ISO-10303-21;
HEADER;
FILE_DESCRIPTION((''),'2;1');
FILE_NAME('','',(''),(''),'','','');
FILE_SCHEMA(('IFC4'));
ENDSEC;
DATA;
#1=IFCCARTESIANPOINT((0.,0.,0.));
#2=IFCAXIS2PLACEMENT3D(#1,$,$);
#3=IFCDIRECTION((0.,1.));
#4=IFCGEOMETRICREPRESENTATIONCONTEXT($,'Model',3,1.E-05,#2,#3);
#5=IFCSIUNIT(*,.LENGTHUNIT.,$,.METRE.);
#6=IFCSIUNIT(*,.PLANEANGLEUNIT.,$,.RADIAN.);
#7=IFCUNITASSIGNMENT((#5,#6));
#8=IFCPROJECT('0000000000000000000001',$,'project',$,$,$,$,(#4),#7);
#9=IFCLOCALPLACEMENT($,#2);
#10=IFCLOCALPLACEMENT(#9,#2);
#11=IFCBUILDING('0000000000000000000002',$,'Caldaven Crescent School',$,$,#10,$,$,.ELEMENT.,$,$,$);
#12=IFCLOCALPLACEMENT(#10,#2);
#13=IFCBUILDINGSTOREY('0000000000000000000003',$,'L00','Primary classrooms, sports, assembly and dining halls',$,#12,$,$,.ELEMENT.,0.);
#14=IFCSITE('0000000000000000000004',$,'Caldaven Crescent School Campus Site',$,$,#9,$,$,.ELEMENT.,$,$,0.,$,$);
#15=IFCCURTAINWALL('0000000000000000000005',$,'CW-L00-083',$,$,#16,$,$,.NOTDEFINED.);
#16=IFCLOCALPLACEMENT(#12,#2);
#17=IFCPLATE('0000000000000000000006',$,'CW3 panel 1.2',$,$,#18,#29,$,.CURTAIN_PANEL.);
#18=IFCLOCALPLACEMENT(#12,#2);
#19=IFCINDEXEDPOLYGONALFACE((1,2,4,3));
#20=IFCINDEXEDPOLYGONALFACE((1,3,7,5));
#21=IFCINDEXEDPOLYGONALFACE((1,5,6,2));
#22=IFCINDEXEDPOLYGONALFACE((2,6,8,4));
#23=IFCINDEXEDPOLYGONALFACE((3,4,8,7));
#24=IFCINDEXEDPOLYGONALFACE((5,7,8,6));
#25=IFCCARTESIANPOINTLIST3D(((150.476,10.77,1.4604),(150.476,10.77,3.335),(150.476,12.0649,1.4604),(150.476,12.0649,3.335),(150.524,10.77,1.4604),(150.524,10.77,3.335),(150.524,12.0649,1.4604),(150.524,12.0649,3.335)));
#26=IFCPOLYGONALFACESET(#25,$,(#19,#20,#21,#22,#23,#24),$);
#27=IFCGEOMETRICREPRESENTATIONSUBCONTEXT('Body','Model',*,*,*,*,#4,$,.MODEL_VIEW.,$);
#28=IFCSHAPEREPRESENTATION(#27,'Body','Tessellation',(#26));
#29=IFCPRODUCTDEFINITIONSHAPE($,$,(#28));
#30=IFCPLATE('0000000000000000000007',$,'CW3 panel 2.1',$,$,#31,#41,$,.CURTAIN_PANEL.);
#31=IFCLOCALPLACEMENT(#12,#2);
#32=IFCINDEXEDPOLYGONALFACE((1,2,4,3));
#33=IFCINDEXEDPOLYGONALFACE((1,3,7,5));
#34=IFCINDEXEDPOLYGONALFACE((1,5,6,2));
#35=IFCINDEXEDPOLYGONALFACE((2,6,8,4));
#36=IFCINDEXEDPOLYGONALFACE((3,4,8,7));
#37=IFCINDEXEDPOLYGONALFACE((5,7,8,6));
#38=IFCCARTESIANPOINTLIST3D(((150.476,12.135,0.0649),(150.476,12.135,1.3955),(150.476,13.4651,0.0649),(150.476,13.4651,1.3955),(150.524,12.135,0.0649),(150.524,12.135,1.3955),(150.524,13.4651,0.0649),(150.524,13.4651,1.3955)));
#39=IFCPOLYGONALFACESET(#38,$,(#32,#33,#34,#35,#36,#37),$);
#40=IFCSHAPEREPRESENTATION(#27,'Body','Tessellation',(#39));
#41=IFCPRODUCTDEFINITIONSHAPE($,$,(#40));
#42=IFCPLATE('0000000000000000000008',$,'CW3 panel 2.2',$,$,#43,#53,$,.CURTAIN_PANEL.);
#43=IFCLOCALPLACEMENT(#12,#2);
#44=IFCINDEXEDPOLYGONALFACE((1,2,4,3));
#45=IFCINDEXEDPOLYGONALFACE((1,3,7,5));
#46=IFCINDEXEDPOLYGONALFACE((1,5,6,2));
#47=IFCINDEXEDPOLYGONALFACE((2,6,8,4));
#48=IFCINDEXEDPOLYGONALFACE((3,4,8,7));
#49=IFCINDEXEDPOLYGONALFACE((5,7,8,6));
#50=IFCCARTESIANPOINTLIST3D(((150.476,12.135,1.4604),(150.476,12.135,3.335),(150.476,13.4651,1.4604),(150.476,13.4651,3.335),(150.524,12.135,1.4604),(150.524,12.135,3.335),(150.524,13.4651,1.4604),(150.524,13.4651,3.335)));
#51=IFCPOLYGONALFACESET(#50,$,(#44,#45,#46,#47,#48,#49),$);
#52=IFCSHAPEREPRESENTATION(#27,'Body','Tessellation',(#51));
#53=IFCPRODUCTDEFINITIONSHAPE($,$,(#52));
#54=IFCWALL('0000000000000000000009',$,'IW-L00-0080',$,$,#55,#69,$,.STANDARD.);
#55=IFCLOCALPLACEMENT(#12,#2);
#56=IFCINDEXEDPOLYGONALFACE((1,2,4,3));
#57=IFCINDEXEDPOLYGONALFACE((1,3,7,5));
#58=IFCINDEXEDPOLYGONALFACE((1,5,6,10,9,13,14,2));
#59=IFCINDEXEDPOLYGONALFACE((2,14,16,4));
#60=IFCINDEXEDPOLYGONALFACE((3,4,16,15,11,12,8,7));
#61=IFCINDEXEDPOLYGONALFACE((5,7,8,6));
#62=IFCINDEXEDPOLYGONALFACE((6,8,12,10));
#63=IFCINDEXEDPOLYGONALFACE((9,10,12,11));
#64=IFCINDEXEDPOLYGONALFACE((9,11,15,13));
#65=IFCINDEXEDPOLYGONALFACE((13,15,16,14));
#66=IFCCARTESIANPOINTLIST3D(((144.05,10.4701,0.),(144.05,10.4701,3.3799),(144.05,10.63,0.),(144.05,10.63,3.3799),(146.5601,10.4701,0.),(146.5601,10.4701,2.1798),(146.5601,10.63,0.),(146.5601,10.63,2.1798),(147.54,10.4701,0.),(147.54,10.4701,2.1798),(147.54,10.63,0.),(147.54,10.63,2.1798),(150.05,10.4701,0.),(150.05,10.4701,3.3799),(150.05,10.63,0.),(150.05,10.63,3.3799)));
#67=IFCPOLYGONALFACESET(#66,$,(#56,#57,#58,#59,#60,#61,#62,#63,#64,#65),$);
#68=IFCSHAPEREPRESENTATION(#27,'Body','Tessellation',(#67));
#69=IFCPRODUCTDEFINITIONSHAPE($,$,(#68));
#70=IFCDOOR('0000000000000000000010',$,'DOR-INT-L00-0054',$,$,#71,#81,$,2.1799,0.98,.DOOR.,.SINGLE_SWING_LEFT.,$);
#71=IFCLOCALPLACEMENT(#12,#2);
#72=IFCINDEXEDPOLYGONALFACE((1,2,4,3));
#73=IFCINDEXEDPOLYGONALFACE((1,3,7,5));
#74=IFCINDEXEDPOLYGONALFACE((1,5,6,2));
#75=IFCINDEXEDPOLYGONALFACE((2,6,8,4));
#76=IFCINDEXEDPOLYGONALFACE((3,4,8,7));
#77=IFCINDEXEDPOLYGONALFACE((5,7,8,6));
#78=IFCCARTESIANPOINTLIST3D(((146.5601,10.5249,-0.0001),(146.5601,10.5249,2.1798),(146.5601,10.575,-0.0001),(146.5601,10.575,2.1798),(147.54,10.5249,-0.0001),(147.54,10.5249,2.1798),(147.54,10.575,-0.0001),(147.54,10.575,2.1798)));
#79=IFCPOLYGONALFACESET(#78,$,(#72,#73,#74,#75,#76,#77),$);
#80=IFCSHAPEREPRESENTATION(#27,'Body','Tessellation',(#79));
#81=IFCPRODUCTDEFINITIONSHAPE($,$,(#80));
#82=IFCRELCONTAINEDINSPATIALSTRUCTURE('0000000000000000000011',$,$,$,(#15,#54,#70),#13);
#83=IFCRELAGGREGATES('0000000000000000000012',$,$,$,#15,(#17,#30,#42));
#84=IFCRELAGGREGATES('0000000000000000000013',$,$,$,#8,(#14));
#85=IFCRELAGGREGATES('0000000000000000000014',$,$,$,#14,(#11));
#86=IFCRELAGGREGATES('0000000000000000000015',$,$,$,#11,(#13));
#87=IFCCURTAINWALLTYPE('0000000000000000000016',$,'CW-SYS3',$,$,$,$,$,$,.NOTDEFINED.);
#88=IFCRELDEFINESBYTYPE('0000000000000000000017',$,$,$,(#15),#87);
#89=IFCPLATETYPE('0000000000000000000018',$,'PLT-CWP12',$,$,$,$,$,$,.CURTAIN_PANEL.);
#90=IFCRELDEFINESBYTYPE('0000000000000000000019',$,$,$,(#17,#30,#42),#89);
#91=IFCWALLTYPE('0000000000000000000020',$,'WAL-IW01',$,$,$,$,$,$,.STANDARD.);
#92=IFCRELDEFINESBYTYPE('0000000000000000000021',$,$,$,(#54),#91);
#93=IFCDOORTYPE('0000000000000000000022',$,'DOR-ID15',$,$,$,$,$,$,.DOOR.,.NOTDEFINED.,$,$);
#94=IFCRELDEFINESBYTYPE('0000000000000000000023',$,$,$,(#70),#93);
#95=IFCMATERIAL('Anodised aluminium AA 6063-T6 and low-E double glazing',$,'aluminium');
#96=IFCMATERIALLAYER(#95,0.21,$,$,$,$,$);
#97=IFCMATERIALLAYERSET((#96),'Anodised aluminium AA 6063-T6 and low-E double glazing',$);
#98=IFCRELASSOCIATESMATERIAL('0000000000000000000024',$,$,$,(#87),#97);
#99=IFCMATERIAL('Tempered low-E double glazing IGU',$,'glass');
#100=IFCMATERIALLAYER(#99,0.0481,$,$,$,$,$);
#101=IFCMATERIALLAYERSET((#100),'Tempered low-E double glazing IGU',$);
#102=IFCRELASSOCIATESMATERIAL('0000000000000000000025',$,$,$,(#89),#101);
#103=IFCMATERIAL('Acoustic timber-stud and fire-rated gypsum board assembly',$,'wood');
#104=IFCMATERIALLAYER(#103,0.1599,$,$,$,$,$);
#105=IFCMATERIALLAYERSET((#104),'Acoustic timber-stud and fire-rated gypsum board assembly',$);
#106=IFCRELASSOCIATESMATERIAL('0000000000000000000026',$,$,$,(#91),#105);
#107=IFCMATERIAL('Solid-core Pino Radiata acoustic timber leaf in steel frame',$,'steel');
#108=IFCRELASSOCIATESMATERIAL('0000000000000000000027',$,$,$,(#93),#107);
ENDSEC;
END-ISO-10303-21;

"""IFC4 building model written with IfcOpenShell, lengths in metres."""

from ifc_helpers import new_model, si_unit, direction, frame, frame_2d, origin, origin_2d, place, context, subcontext, project, spatial, rectangle, extrude, material, layer, layer_set, type_object, element, fill, aggregate, save


model = new_model("IFC4")

# Units and contexts
model_context = context("Model", 3, precision=1e-05, world=origin(), true_north=direction((0.0, 1.0)))
body_context = subcontext(model_context, "Body", "Model", "MODEL_VIEW")
ifc_project = project(units=[si_unit("LENGTHUNIT", "METRE"), si_unit("PLANEANGLEUNIT", "RADIAN")], contexts=[model_context])

# Site, building, storey
site_placement = place(None, origin())
site = spatial("IfcSite", under=ifc_project, at=site_placement, Name="Caldaven Crescent School Campus Site", CompositionType="ELEMENT", RefElevation=0.0)
building_placement = place(site_placement, origin())
building = spatial("IfcBuilding", under=site, at=building_placement, Name="Caldaven Crescent School", CompositionType="ELEMENT")
storey_placement = place(building_placement, origin())
storey = spatial("IfcBuildingStorey", under=building, at=storey_placement, Name="L00", Description="Primary classrooms, sports, assembly and dining halls", CompositionType="ELEMENT", Elevation=0.0)

# Curtain wall, plates
ifc_material_1 = material(Name="Anodised aluminium AA 6063-T6 and low-E double glazing", Category="aluminium")
ifc_layer_1 = layer(ifc_material_1, 0.21)
ifc_layer_set_1 = layer_set([ifc_layer_1], Name="Anodised aluminium AA 6063-T6 and low-E double glazing")
curtain_wall_type = type_object("IfcCurtainWallType", Name="CW-SYS3", PredefinedType="NOTDEFINED", material=ifc_layer_set_1)
curtain_wall_placement = place(storey_placement, origin())
curtain_wall = element("IfcCurtainWall", 1, at=curtain_wall_placement, inside=storey, type_object=curtain_wall_type, Name="CW-L00-083", PredefinedType="NOTDEFINED")
ifc_material_2 = material(Name="Tempered low-E double glazing IGU", Category="glass")
ifc_layer_2 = layer(ifc_material_2, 0.0481)
ifc_layer_set_2 = layer_set([ifc_layer_2], Name="Tempered low-E double glazing IGU")
plate_type = type_object("IfcPlateType", Name="PLT-CWP12", PredefinedType="CURTAIN_PANEL", material=ifc_layer_set_2)
plate_1_placement = place(storey_placement, frame((150.5, 11.4175, 1.4604), z_axis=(0.0, 0.0, 1.0), x_axis=(0.0, 1.0, 0.0)))
plate_1 = element("IfcPlate", 2, at=plate_1_placement, type_object=plate_type, Name="CW3 panel 1.2", PredefinedType="CURTAIN_PANEL", context=body_context, shape_type="SweptSolid", body=[
    extrude(rectangle(XDim=1.2949, YDim=0.0481, at=origin_2d()), origin(), (0.0, 0.0, 1.0), 1.8745),
])
plate_2_placement = place(storey_placement, frame((150.5, 12.8, 0.0649), z_axis=(0.0, 0.0, 1.0), x_axis=(0.0, 1.0, 0.0)))
plate_2 = element("IfcPlate", 3, at=plate_2_placement, type_object=plate_type, Name="CW3 panel 2.1", PredefinedType="CURTAIN_PANEL", context=body_context, shape_type="SweptSolid", body=[
    extrude(rectangle(XDim=1.3301, YDim=0.0481, at=origin_2d()), origin(), (0.0, 0.0, 1.0), 1.3306),
])
plate_3_placement = place(storey_placement, frame((150.5, 12.8, 1.4604), z_axis=(0.0, 0.0, 1.0), x_axis=(0.0, 1.0, 0.0)))
plate_3 = element("IfcPlate", 4, at=plate_3_placement, type_object=plate_type, Name="CW3 panel 2.2", PredefinedType="CURTAIN_PANEL", context=body_context, shape_type="SweptSolid", body=[
    extrude(rectangle(XDim=1.3301, YDim=0.0481, at=origin_2d()), origin(), (0.0, 0.0, 1.0), 1.8745),
])
aggregate(curtain_wall, [plate_1, plate_2, plate_3])

# Wall, opening, door
ifc_material_3 = material(Name="Acoustic timber-stud and fire-rated gypsum board assembly", Category="wood")
ifc_layer_3 = layer(ifc_material_3, 0.1599)
ifc_layer_set_3 = layer_set([ifc_layer_3], Name="Acoustic timber-stud and fire-rated gypsum board assembly")
wall_type = type_object("IfcWallType", Name="WAL-IW01", PredefinedType="STANDARD", material=ifc_layer_set_3)
wall_placement = place(storey_placement, frame((144.05, 10.55, 0.0), z_axis=(0.0, 0.0, 1.0), x_axis=(1.0, 0.0, 0.0)))
wall = element("IfcWall", 5, at=wall_placement, inside=storey, type_object=wall_type, Name="IW-L00-0080", PredefinedType="STANDARD", context=body_context, shape_type="SweptSolid", body=[
    extrude(rectangle(XDim=6.0, YDim=0.1599, at=frame_2d((3.0, 0.0))), origin(), (0.0, 0.0, 1.0), 3.3799),
])
opening_placement = place(wall_placement, frame((2.51, 0.0, 0.0)))
opening = element("IfcOpeningElement", 6, at=opening_placement, cuts=wall, PredefinedType="OPENING", context=body_context, shape_type="SweptSolid", body=[
    extrude(rectangle(XDim=0.98, YDim=2.1799, at=frame_2d((0.49, 1.0898))), frame((0.0, 0.0898, 0.0), z_axis=(0.0, -1.0, 0.0), x_axis=(1.0, 0.0, 0.0)), (0.0, 0.0, 1.0), 0.1799),
])
ifc_material_4 = material(Name="Solid-core Pino Radiata acoustic timber leaf in steel frame", Category="steel")
door_type = type_object("IfcDoorType", Name="DOR-ID15", OperationType="NOTDEFINED", PredefinedType="DOOR", material=ifc_material_4)
door_placement = place(opening_placement, origin())
door = element("IfcDoor", 7, at=door_placement, inside=storey, type_object=door_type, Name="DOR-INT-L00-0054", OperationType="SINGLE_SWING_LEFT", OverallHeight=2.1799, OverallWidth=0.98, PredefinedType="DOOR", context=body_context, shape_type="SweptSolid", body=[
    extrude(rectangle(XDim=0.98, YDim=2.1799, at=frame_2d((0.49, 1.0898))), frame((0.0, 0.0249, 0.0), z_axis=(0.0, -1.0, 0.0), x_axis=(1.0, 0.0, 0.0)), (0.0, 0.0, 1.0), 0.05),
])
fill(opening, door)

save(model, "model.ifc")
